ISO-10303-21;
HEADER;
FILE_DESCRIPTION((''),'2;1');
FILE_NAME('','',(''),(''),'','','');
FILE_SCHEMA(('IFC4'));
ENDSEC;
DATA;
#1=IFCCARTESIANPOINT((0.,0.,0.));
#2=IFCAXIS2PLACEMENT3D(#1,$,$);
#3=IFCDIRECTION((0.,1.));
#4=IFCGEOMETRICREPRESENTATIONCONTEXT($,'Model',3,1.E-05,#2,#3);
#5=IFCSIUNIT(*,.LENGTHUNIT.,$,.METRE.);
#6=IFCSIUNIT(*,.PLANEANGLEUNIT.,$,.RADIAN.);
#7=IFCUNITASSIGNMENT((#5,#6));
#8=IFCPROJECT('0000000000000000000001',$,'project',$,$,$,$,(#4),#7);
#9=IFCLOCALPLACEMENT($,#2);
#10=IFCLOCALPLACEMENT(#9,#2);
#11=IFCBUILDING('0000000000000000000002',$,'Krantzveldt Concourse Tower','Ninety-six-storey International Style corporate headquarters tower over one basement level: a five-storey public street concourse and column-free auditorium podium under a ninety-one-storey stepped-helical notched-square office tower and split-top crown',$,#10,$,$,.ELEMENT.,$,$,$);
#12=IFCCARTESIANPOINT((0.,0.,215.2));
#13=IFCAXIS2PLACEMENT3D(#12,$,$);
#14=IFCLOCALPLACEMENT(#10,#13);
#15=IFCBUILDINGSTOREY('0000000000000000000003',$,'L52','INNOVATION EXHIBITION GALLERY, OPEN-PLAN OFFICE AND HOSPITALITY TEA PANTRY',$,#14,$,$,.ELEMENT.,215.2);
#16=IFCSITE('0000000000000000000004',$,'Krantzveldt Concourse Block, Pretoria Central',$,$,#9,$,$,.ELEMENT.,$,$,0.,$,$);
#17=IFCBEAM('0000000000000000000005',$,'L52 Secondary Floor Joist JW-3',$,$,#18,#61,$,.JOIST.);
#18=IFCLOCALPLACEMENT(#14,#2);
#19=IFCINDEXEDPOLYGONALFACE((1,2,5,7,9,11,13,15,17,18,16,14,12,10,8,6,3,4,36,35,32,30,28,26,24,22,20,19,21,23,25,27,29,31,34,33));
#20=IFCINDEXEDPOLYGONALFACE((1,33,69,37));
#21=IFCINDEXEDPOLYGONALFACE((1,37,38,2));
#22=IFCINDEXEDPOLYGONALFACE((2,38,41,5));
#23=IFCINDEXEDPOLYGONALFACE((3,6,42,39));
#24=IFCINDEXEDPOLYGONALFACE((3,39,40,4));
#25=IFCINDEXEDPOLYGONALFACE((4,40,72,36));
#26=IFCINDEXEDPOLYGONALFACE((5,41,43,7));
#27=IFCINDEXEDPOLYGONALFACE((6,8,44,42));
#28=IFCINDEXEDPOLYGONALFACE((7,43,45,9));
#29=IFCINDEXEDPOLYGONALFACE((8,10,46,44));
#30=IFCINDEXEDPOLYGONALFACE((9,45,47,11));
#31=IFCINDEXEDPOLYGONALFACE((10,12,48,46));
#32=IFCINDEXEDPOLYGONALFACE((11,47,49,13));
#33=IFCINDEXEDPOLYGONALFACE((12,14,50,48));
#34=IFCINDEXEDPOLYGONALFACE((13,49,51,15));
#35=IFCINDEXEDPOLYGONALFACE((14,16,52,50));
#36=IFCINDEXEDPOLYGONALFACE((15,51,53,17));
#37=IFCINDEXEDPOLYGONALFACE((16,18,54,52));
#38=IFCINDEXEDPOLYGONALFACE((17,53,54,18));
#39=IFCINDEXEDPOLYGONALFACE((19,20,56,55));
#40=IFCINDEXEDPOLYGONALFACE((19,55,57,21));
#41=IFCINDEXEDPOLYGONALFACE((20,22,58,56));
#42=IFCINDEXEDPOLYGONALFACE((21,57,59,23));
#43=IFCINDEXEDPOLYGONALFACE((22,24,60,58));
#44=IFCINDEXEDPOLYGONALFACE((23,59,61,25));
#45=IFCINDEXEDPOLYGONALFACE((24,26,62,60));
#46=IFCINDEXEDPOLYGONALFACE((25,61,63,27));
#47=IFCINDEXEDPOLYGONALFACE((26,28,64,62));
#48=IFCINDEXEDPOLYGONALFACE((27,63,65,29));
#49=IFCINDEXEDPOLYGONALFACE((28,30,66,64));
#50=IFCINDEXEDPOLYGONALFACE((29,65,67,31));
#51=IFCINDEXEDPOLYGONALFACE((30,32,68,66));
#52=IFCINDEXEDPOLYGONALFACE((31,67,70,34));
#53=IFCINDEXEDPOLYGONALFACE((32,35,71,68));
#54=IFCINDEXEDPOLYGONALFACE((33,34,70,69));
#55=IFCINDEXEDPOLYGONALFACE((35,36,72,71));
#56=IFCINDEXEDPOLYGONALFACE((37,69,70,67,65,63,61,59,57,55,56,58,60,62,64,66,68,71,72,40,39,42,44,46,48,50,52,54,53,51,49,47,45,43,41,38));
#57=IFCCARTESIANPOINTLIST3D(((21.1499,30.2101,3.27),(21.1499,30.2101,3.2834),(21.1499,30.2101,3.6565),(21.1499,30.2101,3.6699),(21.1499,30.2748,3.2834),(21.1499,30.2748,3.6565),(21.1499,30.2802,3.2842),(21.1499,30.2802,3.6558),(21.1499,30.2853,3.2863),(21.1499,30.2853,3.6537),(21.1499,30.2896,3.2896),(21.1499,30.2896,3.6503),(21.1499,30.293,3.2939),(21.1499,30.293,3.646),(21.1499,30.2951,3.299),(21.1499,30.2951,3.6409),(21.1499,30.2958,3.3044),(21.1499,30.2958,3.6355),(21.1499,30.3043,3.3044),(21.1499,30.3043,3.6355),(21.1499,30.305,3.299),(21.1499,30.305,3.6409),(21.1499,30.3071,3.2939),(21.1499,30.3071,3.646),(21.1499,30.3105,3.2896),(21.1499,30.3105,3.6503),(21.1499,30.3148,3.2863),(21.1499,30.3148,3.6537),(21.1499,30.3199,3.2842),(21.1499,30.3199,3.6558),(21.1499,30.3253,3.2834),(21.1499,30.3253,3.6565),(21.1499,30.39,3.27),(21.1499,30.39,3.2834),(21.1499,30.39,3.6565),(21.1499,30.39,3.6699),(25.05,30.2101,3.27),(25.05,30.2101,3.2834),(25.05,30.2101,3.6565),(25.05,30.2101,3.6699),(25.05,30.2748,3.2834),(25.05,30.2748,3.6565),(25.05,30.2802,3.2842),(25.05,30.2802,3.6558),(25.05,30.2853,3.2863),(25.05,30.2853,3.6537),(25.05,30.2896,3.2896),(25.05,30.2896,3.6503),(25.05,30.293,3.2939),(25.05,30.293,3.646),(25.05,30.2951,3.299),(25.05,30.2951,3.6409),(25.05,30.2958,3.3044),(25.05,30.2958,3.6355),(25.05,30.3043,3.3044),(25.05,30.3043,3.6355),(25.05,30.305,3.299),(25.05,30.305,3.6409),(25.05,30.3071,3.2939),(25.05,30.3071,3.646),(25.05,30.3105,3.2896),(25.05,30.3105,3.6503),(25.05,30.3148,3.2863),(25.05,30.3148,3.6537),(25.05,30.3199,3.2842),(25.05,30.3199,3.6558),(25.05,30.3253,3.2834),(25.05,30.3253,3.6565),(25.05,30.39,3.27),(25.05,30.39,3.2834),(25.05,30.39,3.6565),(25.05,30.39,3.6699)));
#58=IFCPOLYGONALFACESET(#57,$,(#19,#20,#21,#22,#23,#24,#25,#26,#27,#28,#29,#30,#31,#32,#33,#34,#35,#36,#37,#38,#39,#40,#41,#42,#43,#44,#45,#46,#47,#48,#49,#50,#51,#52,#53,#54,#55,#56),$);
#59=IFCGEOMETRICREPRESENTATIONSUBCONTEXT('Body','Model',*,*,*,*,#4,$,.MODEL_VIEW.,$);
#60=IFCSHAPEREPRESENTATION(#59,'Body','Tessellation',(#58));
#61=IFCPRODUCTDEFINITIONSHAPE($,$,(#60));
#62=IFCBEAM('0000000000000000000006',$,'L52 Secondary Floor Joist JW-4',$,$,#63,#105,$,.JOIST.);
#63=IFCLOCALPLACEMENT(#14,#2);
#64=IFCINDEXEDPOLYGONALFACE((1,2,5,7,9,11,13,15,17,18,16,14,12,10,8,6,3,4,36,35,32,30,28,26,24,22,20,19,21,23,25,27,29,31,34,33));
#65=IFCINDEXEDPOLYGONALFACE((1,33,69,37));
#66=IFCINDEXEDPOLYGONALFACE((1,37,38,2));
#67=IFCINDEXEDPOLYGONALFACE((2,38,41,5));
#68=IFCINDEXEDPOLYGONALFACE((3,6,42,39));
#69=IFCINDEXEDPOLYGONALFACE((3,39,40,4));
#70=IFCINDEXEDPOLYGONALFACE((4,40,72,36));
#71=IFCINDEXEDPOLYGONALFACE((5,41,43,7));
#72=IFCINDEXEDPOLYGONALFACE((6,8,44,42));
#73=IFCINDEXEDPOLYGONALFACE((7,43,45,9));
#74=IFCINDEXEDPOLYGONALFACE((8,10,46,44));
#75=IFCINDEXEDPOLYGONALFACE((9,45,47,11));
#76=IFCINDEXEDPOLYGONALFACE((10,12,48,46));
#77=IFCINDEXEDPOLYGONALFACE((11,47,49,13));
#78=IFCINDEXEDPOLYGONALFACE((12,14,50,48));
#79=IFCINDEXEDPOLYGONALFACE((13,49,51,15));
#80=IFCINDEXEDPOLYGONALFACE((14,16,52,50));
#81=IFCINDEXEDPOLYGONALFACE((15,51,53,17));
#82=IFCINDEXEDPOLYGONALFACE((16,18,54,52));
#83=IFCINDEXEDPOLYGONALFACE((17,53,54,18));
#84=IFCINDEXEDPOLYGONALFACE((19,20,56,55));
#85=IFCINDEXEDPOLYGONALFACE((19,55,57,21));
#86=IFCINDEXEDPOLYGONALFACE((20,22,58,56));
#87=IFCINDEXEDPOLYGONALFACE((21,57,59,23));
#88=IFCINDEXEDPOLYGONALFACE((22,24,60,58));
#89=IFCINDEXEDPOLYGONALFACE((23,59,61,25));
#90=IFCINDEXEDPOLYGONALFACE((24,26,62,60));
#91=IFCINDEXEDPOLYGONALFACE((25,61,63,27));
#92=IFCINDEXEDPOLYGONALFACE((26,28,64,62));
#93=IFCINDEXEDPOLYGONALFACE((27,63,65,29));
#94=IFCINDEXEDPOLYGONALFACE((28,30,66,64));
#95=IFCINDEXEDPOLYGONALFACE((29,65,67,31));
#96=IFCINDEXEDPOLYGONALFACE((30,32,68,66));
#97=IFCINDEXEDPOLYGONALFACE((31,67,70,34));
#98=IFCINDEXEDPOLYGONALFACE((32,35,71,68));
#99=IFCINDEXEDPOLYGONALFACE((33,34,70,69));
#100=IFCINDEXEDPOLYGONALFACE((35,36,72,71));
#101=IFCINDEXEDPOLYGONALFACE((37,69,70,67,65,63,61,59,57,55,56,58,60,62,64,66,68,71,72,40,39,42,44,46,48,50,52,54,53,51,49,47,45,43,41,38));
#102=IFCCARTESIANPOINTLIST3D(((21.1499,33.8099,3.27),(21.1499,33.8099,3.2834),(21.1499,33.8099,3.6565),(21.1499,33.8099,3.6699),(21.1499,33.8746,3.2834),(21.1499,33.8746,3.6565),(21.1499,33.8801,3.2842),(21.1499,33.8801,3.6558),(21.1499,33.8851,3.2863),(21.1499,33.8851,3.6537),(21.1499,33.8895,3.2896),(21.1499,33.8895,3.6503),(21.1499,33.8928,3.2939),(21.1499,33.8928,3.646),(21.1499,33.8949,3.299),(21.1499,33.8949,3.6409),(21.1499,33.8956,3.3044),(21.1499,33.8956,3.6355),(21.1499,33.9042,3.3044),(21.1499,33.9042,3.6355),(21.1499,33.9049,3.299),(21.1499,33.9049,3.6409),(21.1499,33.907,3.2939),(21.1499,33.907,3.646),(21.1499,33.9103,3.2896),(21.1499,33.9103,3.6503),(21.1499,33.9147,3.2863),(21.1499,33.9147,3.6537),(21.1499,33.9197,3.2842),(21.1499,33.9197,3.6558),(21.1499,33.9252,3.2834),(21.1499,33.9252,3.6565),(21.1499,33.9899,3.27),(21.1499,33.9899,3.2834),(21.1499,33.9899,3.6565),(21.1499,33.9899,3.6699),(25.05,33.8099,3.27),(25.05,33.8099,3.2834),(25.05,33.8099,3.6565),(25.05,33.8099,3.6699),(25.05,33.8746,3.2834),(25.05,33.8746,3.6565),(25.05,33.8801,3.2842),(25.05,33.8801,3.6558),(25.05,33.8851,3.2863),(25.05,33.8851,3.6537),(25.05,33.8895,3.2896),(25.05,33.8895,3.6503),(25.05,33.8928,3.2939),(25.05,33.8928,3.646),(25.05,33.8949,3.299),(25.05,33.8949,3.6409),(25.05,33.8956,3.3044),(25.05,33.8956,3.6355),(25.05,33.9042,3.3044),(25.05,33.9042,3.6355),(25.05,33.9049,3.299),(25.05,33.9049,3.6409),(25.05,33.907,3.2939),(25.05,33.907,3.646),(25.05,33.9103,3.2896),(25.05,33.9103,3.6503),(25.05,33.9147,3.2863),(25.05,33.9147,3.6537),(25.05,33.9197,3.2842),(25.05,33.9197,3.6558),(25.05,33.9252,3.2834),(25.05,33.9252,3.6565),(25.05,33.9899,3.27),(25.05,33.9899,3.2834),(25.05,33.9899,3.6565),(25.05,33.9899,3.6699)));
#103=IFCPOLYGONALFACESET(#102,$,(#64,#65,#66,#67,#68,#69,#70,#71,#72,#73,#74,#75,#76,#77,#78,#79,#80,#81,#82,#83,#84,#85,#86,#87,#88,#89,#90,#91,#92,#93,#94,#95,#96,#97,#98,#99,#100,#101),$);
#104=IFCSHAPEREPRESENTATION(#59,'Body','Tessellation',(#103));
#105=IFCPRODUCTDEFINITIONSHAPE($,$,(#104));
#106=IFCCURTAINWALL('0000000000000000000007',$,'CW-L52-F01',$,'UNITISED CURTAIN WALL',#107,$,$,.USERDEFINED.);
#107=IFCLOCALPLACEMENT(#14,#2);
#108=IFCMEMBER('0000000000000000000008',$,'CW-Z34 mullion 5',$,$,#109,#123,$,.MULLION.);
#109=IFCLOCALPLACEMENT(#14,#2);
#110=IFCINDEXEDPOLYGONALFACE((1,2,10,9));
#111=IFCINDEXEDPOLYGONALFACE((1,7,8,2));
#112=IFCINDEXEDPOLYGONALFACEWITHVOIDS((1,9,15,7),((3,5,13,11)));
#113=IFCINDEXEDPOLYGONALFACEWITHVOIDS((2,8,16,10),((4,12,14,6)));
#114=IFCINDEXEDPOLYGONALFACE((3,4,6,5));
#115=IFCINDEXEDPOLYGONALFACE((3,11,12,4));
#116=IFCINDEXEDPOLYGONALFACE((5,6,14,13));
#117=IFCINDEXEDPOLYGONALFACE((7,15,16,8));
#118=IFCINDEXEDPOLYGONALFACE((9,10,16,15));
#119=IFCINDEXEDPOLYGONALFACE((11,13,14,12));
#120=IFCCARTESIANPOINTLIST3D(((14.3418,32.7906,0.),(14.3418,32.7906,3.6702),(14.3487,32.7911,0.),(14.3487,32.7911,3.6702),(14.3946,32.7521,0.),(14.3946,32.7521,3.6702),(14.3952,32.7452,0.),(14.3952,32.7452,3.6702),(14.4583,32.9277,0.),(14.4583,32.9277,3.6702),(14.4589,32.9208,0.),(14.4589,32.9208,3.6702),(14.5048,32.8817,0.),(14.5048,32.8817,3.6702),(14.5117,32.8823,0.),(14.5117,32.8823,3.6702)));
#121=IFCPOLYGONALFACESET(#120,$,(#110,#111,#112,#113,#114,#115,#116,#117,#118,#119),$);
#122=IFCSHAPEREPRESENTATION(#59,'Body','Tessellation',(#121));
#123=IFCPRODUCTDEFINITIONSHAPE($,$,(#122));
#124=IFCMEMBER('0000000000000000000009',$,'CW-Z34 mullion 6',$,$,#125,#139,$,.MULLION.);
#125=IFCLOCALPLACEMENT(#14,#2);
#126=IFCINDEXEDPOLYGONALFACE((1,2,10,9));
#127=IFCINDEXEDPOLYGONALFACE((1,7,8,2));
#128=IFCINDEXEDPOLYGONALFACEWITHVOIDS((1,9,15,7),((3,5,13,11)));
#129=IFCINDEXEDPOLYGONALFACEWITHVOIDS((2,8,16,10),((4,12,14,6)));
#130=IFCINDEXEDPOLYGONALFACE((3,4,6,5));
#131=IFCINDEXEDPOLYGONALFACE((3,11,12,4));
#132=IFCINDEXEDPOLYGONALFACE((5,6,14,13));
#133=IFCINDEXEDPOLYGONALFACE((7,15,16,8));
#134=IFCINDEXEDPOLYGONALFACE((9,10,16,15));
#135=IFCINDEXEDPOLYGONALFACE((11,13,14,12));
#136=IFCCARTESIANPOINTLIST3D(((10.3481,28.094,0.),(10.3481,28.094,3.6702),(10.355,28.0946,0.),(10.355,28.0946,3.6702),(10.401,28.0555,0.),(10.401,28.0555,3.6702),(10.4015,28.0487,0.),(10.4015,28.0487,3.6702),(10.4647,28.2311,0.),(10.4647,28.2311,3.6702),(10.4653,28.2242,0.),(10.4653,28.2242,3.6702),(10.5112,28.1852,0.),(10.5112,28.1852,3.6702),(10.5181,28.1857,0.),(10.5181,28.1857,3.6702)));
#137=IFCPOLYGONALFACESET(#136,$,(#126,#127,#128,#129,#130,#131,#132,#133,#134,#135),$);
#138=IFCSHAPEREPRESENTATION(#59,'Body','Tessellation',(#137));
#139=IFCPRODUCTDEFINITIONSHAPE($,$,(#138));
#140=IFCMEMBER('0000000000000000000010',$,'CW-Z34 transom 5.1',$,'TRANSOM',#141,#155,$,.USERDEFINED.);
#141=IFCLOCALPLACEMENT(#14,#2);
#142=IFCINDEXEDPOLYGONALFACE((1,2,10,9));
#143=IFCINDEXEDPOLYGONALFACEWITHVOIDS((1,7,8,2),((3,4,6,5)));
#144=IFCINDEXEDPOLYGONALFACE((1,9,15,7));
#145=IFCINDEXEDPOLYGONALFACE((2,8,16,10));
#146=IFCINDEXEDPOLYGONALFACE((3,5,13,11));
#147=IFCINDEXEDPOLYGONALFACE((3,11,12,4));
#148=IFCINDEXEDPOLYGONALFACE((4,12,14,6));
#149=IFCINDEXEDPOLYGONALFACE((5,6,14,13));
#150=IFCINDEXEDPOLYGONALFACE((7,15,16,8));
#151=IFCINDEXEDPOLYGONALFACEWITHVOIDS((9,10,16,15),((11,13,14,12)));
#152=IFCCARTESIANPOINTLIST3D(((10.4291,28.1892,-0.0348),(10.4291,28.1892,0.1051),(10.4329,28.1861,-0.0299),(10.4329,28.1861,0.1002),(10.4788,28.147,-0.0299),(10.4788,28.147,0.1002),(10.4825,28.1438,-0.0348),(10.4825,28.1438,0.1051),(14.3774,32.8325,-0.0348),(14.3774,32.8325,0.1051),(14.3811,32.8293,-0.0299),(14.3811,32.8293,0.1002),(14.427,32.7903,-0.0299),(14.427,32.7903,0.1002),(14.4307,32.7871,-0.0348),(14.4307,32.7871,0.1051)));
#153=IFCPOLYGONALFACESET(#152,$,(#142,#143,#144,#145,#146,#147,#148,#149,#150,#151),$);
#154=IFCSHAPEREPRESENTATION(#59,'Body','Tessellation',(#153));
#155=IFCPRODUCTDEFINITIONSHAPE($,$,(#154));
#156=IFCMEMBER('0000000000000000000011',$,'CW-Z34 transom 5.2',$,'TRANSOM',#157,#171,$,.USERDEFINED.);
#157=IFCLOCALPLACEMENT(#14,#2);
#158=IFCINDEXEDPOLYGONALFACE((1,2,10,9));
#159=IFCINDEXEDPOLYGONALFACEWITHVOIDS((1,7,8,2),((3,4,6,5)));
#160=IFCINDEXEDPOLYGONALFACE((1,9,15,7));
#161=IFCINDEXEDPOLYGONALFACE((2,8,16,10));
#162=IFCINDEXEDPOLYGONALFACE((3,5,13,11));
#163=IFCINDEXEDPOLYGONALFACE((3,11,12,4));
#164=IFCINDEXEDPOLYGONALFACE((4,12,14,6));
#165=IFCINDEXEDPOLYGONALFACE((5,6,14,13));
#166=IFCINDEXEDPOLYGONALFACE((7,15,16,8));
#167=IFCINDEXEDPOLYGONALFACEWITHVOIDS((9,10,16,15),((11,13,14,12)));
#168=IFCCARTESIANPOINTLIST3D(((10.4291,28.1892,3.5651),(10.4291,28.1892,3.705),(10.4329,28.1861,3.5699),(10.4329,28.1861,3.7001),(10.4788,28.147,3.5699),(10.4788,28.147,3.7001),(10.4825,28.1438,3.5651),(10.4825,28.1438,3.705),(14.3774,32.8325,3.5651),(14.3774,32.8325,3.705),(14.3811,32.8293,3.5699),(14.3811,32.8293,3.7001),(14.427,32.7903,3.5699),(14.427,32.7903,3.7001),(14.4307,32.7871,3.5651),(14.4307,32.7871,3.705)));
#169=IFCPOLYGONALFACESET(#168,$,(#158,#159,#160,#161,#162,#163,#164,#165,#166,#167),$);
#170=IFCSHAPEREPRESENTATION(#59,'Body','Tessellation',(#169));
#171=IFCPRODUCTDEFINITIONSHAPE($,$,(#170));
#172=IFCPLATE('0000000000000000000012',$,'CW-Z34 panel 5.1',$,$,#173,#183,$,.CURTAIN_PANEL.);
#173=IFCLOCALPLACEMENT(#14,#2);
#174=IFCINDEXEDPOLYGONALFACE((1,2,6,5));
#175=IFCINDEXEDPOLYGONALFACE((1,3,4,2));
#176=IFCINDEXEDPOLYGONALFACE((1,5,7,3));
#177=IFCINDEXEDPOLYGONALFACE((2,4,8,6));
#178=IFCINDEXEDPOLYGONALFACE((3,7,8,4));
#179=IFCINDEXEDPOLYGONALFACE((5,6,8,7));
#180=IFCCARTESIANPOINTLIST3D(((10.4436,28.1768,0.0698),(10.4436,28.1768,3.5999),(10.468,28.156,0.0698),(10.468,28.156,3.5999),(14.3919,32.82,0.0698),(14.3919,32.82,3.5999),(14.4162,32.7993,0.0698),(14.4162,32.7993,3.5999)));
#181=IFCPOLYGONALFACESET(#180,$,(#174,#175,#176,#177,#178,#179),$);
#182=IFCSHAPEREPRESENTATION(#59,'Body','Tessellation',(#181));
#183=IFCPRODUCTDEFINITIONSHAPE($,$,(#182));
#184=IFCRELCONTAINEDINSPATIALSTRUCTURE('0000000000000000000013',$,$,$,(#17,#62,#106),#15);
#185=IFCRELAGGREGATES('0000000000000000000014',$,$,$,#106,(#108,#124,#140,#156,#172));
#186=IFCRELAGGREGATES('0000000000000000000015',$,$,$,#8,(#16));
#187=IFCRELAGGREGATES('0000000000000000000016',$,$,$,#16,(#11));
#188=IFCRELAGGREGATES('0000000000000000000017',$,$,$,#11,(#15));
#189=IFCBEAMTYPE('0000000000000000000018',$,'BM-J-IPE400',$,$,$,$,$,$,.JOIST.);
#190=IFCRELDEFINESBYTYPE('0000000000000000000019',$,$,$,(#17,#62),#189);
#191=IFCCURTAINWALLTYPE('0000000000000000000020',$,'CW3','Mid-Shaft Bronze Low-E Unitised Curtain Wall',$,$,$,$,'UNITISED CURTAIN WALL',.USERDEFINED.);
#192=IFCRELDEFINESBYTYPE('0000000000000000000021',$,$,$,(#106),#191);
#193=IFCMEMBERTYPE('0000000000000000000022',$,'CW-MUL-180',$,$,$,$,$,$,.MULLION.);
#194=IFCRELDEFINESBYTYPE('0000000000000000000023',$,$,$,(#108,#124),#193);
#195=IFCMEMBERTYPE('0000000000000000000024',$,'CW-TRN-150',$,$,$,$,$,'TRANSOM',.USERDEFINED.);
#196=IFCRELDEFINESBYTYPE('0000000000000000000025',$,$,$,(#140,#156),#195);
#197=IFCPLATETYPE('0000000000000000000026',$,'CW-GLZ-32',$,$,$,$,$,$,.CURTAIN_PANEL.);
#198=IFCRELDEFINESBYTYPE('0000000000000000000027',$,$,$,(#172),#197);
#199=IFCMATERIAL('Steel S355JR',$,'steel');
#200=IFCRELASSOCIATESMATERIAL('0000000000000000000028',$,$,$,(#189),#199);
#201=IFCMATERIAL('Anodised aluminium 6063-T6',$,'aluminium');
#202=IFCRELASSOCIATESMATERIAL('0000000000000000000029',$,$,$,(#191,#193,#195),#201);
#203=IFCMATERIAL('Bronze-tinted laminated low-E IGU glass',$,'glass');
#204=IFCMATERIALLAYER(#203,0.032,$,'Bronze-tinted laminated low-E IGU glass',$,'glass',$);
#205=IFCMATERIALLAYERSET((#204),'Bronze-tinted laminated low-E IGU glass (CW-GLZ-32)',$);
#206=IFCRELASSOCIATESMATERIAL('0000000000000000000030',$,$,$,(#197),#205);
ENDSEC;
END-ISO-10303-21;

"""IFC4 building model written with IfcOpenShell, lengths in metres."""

from ifc_helpers import new_model, si_unit, direction, frame, origin, origin_2d, place, context, subcontext, project, spatial, rectangle, hollow_rectangle, i_section, extrude, source, transform, mapped, material, layer, layer_set, material_profile, profile_set, type_object, type_shapes, element, aggregate, save


model = new_model("IFC4")

# Units and contexts
model_context = context("Model", 3, precision=1e-05, world=origin(), true_north=direction((0.0, 1.0)))
body_context = subcontext(model_context, "Body", "Model", "MODEL_VIEW")
ifc_project = project(units=[si_unit("LENGTHUNIT", "METRE"), si_unit("PLANEANGLEUNIT", "RADIAN")], contexts=[model_context])

# Site, building, storey
site_placement = place(None, origin())
site = spatial("IfcSite", under=ifc_project, at=site_placement, Name="Krantzveldt Concourse Block, Pretoria Central", CompositionType="ELEMENT", RefElevation=0.0)
building_placement = place(site_placement, origin())
building = spatial("IfcBuilding", under=site, at=building_placement, Name="Krantzveldt Concourse Tower", Description="Ninety-six-storey International Style corporate headquarters tower over one basement level: a five-storey public street concourse and column-free auditorium podium under a ninety-one-storey stepped-helical notched-square office tower and split-top crown", CompositionType="ELEMENT")
storey_placement = place(building_placement, frame((0.0, 0.0, 215.2)))
storey = spatial("IfcBuildingStorey", under=building, at=storey_placement, Name="L52", Description="INNOVATION EXHIBITION GALLERY, OPEN-PLAN OFFICE AND HOSPITALITY TEA PANTRY", CompositionType="ELEMENT", Elevation=215.2)

# Beams
ifc_material_1 = material(Name="Steel S355JR", Category="steel")
ifc_material_profile_1 = material_profile(ifc_material_1, i_section(OverallWidth=0.1799, OverallDepth=0.3999, WebThickness=0.0085, FlangeThickness=0.0134, FilletRadius=0.021, at=origin_2d()), Name="Steel S355JR", Category="steel")
ifc_profile_set_1 = profile_set([ifc_material_profile_1], Name="Steel S355JR - IPE 400")
beam_type_1 = type_object("IfcBeamType", Name="BM-J-IPE400", PredefinedType="JOIST", material=ifc_profile_set_1)
shared_shape_1 = source(origin(), body_context, "Body", "SweptSolid", [
    extrude(i_section(OverallWidth=0.1799, OverallDepth=0.3999, WebThickness=0.0085, FlangeThickness=0.0134, FilletRadius=0.021, at=origin_2d()), origin(), (0.0, 0.0, 1.0), 3.9001),
])
type_shapes(beam_type_1, [shared_shape_1])
for number, where, z_axis, x_axis, name in (
    (1, (21.1499, 30.3, 3.47), (1.0, 0.0, 0.0), (0.0, 1.0, 0.0), "L52 Secondary Floor Joist JW-3"),
    (2, (21.1499, 33.8999, 3.47), (1.0, 0.0, 0.0), (0.0, 1.0, 0.0), "L52 Secondary Floor Joist JW-4"),
):
    element("IfcBeam", number, at=place(storey_placement, frame(where, z_axis=z_axis, x_axis=x_axis)), inside=storey, type_object=beam_type_1, Name=name, PredefinedType="JOIST", context=body_context, shape_type="MappedRepresentation", body=[
        mapped(shared_shape_1, transform((0.0, 0.0, 0.0), x_axis=(1.0, 0.0, 0.0), y_axis=(0.0, 1.0, 0.0), z_axis=(0.0, 0.0, 1.0), scale=1.0)),
    ])

# Curtain wall, members, plate
ifc_material_2 = material(Name="Anodised aluminium 6063-T6", Category="aluminium")
curtain_wall_type = type_object("IfcCurtainWallType", Name="CW3", Description="Mid-Shaft Bronze Low-E Unitised Curtain Wall", ElementType="UNITISED CURTAIN WALL", PredefinedType="USERDEFINED", material=ifc_material_2)
curtain_wall_placement = place(storey_placement, origin())
curtain_wall = element("IfcCurtainWall", 3, at=curtain_wall_placement, inside=storey, type_object=curtain_wall_type, Name="CW-L52-F01", ObjectType="UNITISED CURTAIN WALL", PredefinedType="USERDEFINED")
ifc_material_profile_2 = material_profile(ifc_material_2, hollow_rectangle(XDim=0.0701, YDim=0.1799, WallThickness=0.0049, at=origin_2d()), Name="Anodised aluminium 6063-T6", Category="aluminium")
ifc_profile_set_2 = profile_set([ifc_material_profile_2], Name="Anodised aluminium 6063-T6 - ALU-MULL 180x70x5")
member_type_1 = type_object("IfcMemberType", Name="CW-MUL-180", PredefinedType="MULLION", material=ifc_profile_set_2)
shared_shape_2 = source(origin(), body_context, "Body", "SweptSolid", [
    extrude(hollow_rectangle(XDim=0.0701, YDim=0.1799, WallThickness=0.0049, at=origin_2d()), origin(), (0.0, 0.0, 1.0), 3.6702),
])
type_shapes(member_type_1, [shared_shape_2])
member_1_placement = place(storey_placement, frame((14.4268, 32.8364, 0.0), z_axis=(0.0, 0.0, 1.0), x_axis=(0.761821, -0.647788, 0.0)))
member_1 = element("IfcMember", 4, at=member_1_placement, type_object=member_type_1, Name="CW-Z34 mullion 5", PredefinedType="MULLION", context=body_context, shape_type="MappedRepresentation", body=[
    mapped(shared_shape_2, transform((0.0, 0.0, 0.0), x_axis=(1.0, 0.0, 0.0), y_axis=(0.0, 1.0, 0.0), z_axis=(0.0, 0.0, 1.0), scale=1.0)),
])
member_2_placement = place(storey_placement, frame((10.4331, 28.1399, 0.0), z_axis=(0.0, 0.0, 1.0), x_axis=(0.761821, -0.647788, 0.0)))
member_2 = element("IfcMember", 5, at=member_2_placement, type_object=member_type_1, Name="CW-Z34 mullion 6", PredefinedType="MULLION", context=body_context, shape_type="MappedRepresentation", body=[
    mapped(shared_shape_2, transform((0.0, 0.0, 0.0), x_axis=(1.0, 0.0, 0.0), y_axis=(0.0, 1.0, 0.0), z_axis=(0.0, 0.0, 1.0), scale=1.0)),
])
ifc_material_profile_3 = material_profile(ifc_material_2, hollow_rectangle(XDim=0.0701, YDim=0.1399, WallThickness=0.0049, at=origin_2d()), Name="Anodised aluminium 6063-T6", Category="aluminium")
ifc_profile_set_3 = profile_set([ifc_material_profile_3], Name="Anodised aluminium 6063-T6 - ALU-TRAN 140x70x5")
member_type_2 = type_object("IfcMemberType", Name="CW-TRN-150", ElementType="TRANSOM", PredefinedType="USERDEFINED", material=ifc_profile_set_3)
shared_shape_3 = source(origin(), body_context, "Body", "SweptSolid", [
    extrude(hollow_rectangle(XDim=0.0701, YDim=0.1399, WallThickness=0.0049, at=origin_2d()), origin(), (0.0, 0.0, 1.0), 6.095),
])
type_shapes(member_type_2, [shared_shape_3])
member_3_placement = place(storey_placement, frame((14.4041, 32.8098, 0.0352), z_axis=(-0.647784, -0.761824, 0.0), x_axis=(0.761824, -0.647784, 0.0)))
member_3 = element("IfcMember", 6, at=member_3_placement, type_object=member_type_2, Name="CW-Z34 transom 5.1", ObjectType="TRANSOM", PredefinedType="USERDEFINED", context=body_context, shape_type="MappedRepresentation", body=[
    mapped(shared_shape_3, transform((0.0, 0.0, 0.0), x_axis=(1.0, 0.0, 0.0), y_axis=(0.0, 1.0, 0.0), z_axis=(0.0, 0.0, 1.0), scale=1.0)),
])
member_4_placement = place(storey_placement, frame((14.4041, 32.8098, 3.635), z_axis=(-0.647784, -0.761824, 0.0), x_axis=(0.761824, -0.647784, 0.0)))
member_4 = element("IfcMember", 7, at=member_4_placement, type_object=member_type_2, Name="CW-Z34 transom 5.2", ObjectType="TRANSOM", PredefinedType="USERDEFINED", context=body_context, shape_type="MappedRepresentation", body=[
    mapped(shared_shape_3, transform((0.0, 0.0, 0.0), x_axis=(1.0, 0.0, 0.0), y_axis=(0.0, 1.0, 0.0), z_axis=(0.0, 0.0, 1.0), scale=1.0)),
])
ifc_material_3 = material(Name="Bronze-tinted laminated low-E IGU glass", Category="glass")
ifc_layer_1 = layer(ifc_material_3, 0.032, Name="Bronze-tinted laminated low-E IGU glass", Category="glass")
ifc_layer_set_1 = layer_set([ifc_layer_1], Name="Bronze-tinted laminated low-E IGU glass (CW-GLZ-32)")
plate_type = type_object("IfcPlateType", Name="CW-GLZ-32", PredefinedType="CURTAIN_PANEL", material=ifc_layer_set_1)
shared_shape_4 = source(origin(), body_context, "Body", "SweptSolid", [
    extrude(rectangle(XDim=6.095, YDim=0.032, at=origin_2d()), origin(), (0.0, 0.0, 1.0), 3.53),
])
type_shapes(plate_type, [shared_shape_4])
plate_placement = place(storey_placement, frame((12.4299, 30.488, 0.0698), z_axis=(0.0, 0.0, 1.0), x_axis=(-0.647788, -0.761821, 0.0)))
plate = element("IfcPlate", 8, at=plate_placement, type_object=plate_type, Name="CW-Z34 panel 5.1", PredefinedType="CURTAIN_PANEL", context=body_context, shape_type="MappedRepresentation", body=[
    mapped(shared_shape_4, transform((0.0, 0.0, 0.0), x_axis=(1.0, 0.0, 0.0), y_axis=(0.0, 1.0, 0.0), z_axis=(0.0, 0.0, 1.0), scale=1.0)),
])
aggregate(curtain_wall, [member_1, member_2, member_3, member_4, plate])

save(model, "model.ifc")
